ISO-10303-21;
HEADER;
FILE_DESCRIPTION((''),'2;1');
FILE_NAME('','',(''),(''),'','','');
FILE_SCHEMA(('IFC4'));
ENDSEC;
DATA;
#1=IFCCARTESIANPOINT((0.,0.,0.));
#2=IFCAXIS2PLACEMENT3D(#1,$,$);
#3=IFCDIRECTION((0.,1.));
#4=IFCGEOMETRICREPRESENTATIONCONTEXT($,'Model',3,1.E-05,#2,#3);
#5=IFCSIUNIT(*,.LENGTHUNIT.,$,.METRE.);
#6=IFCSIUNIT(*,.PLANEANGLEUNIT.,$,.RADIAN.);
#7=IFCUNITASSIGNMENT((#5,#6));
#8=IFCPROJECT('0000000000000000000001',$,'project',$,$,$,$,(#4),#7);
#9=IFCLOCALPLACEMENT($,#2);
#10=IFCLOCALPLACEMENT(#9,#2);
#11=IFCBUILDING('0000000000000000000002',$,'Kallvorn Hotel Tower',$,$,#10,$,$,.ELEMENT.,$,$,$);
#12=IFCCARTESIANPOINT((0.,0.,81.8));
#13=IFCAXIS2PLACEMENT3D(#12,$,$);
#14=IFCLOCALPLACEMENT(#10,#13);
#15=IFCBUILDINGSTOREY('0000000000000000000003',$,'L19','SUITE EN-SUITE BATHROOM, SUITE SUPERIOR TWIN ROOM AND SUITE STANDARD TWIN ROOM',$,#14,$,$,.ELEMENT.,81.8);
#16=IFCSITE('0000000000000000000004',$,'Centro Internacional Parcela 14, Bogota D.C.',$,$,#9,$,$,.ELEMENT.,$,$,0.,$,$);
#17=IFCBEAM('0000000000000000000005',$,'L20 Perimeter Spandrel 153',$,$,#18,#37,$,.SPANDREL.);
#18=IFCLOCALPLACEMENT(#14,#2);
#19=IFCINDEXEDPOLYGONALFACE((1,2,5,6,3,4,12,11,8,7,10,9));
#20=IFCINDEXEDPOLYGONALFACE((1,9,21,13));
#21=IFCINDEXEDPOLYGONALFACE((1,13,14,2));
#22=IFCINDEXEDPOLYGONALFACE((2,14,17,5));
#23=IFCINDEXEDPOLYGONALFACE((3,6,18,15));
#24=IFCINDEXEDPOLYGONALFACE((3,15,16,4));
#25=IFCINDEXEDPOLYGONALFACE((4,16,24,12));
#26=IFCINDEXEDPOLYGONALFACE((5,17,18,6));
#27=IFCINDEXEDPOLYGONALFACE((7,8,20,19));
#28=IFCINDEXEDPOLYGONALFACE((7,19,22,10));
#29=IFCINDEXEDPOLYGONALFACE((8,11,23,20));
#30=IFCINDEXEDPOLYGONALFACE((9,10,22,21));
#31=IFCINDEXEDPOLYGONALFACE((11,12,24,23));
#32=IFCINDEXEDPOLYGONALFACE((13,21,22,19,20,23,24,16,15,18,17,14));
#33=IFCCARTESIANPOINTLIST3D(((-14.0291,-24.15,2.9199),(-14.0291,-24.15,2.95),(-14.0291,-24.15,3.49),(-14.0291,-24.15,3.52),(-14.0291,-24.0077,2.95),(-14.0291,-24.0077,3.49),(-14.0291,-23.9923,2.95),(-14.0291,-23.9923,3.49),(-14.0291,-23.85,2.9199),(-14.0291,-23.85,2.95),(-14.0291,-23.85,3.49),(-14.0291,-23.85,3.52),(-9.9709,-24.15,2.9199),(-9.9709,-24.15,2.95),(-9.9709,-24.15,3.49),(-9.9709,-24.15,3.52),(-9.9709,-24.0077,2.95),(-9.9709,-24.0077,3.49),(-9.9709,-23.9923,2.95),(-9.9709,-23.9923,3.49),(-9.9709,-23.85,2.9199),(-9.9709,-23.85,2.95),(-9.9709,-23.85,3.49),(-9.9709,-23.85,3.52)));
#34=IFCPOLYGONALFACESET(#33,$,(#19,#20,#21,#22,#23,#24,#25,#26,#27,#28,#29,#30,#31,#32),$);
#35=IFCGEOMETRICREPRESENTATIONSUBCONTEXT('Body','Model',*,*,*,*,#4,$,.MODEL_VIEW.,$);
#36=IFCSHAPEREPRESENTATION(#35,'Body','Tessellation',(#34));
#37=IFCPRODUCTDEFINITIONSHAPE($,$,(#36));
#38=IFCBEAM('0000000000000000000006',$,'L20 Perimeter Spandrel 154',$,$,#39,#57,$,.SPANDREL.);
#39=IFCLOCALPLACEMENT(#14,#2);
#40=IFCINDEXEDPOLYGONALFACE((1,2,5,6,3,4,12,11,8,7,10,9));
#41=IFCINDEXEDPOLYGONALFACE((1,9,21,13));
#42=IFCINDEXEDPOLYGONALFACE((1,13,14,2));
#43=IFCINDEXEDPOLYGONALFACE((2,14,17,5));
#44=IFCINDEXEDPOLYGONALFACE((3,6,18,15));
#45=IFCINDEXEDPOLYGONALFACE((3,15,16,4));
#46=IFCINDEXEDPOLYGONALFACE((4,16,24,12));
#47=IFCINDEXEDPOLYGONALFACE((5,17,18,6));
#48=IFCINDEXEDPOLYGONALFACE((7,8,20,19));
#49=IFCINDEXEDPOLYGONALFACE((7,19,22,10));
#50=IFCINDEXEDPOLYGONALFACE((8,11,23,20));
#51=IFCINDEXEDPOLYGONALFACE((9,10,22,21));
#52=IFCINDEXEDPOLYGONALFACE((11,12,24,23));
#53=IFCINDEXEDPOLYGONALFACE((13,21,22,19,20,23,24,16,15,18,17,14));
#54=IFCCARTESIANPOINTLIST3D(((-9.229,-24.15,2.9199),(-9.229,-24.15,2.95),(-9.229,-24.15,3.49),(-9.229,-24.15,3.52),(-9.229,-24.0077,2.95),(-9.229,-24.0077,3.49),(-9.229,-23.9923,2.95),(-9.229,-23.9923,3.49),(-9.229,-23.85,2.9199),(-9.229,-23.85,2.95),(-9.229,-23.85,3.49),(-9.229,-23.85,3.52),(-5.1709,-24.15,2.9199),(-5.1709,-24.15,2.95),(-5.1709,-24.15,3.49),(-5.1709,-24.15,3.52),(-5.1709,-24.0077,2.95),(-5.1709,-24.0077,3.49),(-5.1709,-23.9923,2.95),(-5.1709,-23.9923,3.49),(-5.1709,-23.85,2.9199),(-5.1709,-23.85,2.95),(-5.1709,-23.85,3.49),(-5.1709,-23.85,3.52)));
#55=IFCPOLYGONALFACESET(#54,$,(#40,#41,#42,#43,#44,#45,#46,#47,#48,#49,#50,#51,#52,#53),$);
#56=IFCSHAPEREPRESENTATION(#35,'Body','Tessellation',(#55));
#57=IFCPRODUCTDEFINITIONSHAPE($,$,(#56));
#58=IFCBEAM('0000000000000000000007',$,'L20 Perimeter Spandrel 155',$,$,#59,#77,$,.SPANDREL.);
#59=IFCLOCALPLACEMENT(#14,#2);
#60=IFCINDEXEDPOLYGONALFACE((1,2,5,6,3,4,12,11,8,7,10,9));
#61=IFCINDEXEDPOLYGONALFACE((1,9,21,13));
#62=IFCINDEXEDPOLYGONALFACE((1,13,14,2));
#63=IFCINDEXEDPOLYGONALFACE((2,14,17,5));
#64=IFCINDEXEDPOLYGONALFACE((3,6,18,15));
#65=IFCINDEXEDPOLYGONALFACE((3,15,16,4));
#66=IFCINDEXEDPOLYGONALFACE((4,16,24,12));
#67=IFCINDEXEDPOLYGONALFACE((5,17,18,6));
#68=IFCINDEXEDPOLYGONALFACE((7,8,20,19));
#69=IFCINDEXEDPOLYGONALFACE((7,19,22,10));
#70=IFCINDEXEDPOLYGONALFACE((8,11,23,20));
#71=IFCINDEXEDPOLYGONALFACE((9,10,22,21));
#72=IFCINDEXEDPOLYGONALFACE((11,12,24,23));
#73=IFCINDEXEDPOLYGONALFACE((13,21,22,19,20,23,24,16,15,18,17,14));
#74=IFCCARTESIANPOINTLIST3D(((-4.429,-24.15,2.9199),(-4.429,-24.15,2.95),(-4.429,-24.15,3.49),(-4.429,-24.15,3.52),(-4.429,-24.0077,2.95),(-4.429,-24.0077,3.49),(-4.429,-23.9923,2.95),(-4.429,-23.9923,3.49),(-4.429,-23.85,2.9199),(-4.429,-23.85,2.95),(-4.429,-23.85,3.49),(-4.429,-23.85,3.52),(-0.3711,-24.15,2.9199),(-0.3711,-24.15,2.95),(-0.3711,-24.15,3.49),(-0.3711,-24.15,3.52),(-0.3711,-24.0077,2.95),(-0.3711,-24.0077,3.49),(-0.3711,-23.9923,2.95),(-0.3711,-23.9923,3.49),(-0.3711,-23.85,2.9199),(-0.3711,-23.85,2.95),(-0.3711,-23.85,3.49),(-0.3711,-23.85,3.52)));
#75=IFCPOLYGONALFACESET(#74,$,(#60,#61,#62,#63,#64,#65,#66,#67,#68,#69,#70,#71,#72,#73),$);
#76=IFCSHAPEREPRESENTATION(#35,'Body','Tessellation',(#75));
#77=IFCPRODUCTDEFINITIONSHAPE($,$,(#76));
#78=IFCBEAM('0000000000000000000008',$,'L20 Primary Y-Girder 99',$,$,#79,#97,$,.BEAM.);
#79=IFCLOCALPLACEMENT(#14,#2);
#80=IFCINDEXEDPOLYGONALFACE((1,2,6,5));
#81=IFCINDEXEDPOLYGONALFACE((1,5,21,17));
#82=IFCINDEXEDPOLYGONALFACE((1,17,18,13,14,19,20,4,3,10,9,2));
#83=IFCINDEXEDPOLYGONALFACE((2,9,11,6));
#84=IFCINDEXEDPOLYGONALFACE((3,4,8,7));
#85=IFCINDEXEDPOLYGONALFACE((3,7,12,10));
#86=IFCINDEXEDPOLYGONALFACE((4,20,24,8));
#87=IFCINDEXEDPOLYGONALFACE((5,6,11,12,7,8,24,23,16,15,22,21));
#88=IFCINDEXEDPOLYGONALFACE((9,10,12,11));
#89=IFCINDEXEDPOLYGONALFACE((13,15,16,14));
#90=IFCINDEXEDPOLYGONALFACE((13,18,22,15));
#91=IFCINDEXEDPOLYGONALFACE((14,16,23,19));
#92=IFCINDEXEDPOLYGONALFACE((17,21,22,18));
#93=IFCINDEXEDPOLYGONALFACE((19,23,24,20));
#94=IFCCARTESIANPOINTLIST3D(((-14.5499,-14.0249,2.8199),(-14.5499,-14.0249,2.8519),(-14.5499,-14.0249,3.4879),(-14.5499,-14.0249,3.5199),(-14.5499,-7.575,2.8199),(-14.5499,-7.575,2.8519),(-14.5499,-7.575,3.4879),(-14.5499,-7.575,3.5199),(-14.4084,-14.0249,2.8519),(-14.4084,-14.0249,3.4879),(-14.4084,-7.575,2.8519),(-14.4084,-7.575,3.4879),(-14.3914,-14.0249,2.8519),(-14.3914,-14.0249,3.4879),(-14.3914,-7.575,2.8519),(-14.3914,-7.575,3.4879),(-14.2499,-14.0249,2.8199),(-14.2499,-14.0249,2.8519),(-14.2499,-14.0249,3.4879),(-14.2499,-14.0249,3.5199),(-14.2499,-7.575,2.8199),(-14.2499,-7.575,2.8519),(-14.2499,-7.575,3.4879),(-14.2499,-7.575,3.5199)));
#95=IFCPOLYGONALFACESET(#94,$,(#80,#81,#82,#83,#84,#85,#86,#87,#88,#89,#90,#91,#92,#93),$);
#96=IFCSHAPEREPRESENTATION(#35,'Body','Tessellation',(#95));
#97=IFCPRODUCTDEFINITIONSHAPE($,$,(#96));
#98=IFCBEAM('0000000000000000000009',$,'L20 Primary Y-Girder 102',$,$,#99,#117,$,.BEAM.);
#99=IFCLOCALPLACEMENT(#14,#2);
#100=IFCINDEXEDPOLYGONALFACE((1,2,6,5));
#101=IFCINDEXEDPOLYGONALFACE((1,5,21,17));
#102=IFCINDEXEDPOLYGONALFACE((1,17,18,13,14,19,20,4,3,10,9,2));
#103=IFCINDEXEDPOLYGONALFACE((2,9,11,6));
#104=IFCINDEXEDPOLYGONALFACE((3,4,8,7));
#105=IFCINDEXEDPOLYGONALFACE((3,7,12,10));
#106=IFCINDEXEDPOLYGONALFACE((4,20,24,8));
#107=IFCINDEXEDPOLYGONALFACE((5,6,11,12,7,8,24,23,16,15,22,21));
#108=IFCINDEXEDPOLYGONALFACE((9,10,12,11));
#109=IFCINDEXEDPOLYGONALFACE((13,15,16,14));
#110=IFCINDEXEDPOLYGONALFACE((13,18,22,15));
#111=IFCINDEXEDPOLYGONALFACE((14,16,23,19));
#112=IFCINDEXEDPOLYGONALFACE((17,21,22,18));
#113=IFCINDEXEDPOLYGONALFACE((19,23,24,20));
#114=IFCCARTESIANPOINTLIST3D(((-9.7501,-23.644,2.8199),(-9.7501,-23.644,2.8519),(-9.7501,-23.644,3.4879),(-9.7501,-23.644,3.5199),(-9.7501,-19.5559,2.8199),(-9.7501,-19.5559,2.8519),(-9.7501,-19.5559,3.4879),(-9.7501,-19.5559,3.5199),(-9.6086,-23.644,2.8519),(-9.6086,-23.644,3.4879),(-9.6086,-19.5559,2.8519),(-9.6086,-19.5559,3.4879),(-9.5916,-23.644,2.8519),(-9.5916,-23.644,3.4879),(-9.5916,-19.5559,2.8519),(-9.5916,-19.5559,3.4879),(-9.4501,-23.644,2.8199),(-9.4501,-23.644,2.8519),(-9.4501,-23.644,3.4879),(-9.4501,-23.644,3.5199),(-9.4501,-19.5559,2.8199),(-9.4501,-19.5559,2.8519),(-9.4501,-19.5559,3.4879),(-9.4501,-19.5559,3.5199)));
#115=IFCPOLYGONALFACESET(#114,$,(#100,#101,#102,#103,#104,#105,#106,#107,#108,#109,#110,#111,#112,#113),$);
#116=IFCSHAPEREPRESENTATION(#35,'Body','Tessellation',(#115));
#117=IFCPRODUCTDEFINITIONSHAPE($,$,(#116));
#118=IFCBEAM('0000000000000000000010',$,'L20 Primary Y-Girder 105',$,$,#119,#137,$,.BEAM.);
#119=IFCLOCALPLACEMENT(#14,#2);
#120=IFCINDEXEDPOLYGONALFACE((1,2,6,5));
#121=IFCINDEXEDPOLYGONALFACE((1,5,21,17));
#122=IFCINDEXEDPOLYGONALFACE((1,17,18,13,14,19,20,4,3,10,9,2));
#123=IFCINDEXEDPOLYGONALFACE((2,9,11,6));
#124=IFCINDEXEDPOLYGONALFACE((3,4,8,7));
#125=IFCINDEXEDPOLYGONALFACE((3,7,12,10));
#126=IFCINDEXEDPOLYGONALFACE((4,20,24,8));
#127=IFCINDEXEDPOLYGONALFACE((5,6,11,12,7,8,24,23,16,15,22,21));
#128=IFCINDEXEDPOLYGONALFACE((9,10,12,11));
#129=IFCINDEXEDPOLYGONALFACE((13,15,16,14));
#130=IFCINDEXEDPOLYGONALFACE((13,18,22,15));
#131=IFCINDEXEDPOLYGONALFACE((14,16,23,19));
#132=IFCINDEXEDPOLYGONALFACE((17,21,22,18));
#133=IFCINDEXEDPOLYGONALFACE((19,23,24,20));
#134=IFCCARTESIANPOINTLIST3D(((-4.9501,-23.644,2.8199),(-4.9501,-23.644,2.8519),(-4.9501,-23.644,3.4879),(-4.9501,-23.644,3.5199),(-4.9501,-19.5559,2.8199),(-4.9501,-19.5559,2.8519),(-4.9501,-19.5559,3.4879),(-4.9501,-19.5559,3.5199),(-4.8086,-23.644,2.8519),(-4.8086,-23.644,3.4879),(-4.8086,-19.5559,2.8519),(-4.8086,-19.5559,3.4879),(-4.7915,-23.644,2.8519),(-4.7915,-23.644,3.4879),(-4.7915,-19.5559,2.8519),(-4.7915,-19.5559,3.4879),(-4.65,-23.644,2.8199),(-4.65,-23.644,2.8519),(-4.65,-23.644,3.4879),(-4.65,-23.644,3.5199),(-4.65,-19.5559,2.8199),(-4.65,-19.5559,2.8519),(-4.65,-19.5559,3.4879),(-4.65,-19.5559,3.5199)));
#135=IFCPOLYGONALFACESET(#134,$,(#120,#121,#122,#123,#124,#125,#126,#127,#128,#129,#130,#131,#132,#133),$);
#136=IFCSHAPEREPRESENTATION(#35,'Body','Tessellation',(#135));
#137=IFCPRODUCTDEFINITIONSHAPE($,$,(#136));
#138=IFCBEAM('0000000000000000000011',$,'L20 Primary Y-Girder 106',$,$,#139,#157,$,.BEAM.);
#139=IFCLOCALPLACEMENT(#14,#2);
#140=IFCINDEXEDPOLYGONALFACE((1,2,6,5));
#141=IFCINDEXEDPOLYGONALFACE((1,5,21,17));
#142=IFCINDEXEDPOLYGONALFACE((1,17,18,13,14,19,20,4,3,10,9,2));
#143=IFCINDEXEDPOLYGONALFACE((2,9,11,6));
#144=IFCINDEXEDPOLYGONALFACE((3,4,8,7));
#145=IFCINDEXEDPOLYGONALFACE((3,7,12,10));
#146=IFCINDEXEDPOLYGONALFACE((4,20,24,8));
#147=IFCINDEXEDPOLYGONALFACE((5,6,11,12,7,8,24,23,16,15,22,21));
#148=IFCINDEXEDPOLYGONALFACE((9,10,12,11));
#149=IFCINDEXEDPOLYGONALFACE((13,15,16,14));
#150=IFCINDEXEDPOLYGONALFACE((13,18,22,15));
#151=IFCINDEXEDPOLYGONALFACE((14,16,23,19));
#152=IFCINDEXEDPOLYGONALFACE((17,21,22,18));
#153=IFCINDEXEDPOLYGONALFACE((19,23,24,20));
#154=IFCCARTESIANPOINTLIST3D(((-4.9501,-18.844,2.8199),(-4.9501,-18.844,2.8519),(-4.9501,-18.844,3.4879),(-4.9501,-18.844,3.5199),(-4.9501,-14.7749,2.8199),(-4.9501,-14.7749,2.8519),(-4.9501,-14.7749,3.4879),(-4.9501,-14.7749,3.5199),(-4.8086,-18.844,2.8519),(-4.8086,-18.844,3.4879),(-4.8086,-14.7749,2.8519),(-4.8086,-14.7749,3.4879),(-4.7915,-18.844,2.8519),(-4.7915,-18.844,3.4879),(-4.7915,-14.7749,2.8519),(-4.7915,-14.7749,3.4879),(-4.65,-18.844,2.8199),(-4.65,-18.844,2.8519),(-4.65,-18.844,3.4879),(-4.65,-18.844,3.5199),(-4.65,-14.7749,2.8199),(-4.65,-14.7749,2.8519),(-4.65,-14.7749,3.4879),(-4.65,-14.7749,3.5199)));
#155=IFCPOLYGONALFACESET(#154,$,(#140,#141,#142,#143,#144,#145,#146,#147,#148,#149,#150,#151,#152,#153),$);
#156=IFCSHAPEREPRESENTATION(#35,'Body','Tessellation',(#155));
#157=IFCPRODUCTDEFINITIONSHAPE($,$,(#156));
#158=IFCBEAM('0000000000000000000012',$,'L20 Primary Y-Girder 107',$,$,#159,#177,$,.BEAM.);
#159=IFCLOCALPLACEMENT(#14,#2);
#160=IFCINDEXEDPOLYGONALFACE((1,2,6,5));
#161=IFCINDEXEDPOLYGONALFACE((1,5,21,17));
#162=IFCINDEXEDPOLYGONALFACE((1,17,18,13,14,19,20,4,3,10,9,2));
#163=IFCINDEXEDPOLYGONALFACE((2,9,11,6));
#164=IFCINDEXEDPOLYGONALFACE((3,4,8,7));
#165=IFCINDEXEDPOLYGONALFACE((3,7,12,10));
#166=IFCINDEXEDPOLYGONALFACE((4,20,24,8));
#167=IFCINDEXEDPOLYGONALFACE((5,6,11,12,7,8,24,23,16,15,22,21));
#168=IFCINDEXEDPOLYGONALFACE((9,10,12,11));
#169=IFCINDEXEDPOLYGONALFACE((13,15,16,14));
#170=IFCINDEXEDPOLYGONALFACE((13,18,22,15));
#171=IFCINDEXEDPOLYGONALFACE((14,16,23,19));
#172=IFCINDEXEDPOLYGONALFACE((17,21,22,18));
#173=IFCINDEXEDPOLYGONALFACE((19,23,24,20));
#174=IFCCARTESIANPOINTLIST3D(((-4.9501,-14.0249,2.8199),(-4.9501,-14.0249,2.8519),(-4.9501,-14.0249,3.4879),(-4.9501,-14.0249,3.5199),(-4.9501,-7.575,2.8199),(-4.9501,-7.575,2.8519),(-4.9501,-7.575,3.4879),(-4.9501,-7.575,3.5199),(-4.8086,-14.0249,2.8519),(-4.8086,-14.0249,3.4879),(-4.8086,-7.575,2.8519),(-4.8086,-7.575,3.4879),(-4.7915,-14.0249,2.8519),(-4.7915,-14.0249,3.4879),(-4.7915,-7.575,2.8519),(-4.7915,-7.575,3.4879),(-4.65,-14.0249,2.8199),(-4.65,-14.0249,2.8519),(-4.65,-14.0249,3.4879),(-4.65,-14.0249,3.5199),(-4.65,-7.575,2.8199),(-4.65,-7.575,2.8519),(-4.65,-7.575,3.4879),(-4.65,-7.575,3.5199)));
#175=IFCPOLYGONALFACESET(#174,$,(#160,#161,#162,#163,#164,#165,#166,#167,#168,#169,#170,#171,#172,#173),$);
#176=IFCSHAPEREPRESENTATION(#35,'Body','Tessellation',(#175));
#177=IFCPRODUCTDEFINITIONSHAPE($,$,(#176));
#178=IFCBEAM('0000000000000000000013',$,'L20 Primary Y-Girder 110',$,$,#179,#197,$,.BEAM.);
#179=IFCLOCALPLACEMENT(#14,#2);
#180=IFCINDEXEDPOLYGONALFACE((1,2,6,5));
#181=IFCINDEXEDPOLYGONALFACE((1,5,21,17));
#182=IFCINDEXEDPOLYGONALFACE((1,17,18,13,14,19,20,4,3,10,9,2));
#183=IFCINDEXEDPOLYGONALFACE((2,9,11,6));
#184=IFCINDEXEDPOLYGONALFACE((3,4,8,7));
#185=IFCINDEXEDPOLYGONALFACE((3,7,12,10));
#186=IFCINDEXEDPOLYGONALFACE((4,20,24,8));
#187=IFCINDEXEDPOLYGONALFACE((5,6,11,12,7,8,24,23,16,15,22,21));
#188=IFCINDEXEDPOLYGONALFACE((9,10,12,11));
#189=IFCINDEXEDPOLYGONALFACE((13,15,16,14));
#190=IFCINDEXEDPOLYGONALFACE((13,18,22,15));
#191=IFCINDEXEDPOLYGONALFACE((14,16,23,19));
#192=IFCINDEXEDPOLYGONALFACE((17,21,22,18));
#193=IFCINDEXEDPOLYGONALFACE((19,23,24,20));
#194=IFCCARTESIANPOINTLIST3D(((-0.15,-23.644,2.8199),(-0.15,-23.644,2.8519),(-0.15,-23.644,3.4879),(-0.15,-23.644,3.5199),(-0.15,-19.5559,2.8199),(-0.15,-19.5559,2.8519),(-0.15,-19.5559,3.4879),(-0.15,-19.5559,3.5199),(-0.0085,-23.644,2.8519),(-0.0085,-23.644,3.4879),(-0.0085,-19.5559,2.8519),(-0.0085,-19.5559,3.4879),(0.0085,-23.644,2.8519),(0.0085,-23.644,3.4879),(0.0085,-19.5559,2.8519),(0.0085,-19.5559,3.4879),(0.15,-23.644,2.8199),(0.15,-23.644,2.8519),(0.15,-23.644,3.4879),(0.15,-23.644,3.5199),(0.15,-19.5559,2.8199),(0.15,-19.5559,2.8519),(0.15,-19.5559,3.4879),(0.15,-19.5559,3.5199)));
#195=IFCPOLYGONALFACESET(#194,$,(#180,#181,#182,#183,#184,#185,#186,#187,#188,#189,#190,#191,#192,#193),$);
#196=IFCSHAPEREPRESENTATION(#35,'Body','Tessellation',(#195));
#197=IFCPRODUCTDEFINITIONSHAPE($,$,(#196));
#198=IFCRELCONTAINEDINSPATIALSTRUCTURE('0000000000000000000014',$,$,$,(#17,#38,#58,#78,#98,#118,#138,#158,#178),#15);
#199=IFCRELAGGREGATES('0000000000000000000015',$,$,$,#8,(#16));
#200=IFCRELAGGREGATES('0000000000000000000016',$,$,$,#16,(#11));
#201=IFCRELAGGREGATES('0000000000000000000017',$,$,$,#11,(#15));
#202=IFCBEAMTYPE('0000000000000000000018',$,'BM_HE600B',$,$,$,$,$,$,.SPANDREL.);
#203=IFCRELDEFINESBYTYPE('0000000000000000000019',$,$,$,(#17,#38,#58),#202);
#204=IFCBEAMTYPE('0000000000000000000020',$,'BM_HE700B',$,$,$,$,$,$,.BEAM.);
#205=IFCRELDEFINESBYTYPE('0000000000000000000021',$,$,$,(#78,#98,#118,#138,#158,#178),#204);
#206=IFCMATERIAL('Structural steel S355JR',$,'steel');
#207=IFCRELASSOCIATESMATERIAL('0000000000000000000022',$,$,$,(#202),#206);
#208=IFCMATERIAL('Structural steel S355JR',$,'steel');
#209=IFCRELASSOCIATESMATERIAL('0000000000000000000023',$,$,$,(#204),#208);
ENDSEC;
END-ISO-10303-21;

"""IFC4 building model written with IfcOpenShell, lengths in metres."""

from ifc_helpers import new_model, si_unit, direction, frame, origin, origin_2d, place, context, subcontext, project, spatial, i_section, extrude, material, material_profile, profile_set, type_object, element, save


model = new_model("IFC4")

# Units and contexts
model_context = context("Model", 3, precision=1e-05, world=origin(), true_north=direction((0.0, 1.0)))
body_context = subcontext(model_context, "Body", "Model", "MODEL_VIEW")
ifc_project = project(units=[si_unit("LENGTHUNIT", "METRE"), si_unit("PLANEANGLEUNIT", "RADIAN")], contexts=[model_context])

# Site, building, storey
site_placement = place(None, origin())
site = spatial("IfcSite", under=ifc_project, at=site_placement, Name="Centro Internacional Parcela 14, Bogota D.C.", CompositionType="ELEMENT", RefElevation=0.0)
building_placement = place(site_placement, origin())
building = spatial("IfcBuilding", under=site, at=building_placement, Name="Kallvorn Hotel Tower", CompositionType="ELEMENT")
storey_placement = place(building_placement, frame((0.0, 0.0, 81.8)))
storey = spatial("IfcBuildingStorey", under=building, at=storey_placement, Name="L19", Description="SUITE EN-SUITE BATHROOM, SUITE SUPERIOR TWIN ROOM AND SUITE STANDARD TWIN ROOM", CompositionType="ELEMENT", Elevation=81.8)

# Beams
ifc_material_1 = material(Name="Structural steel S355JR", Category="steel")
ifc_material_profile_1 = material_profile(ifc_material_1, i_section(OverallWidth=0.3, OverallDepth=0.6001, WebThickness=0.0154, FlangeThickness=0.03, at=origin_2d()), Name="HE 600 B")
ifc_profile_set_1 = profile_set([ifc_material_profile_1], Name="Structural steel S355JR")
beam_type_1 = type_object("IfcBeamType", Name="BM_HE600B", PredefinedType="SPANDREL", material=ifc_profile_set_1)
for number, where, z_axis, x_axis, name in (
    (1, (-14.0291, -24.0, 3.22), (1.0, 0.0, 0.0), (0.0, 1.0, 0.0), "L20 Perimeter Spandrel 153"),
    (2, (-9.229, -24.0, 3.22), (1.0, 0.0, 0.0), (0.0, 1.0, 0.0), "L20 Perimeter Spandrel 154"),
):
    element("IfcBeam", number, at=place(storey_placement, frame(where, z_axis=z_axis, x_axis=x_axis)), inside=storey, type_object=beam_type_1, Name=name, PredefinedType="SPANDREL", context=body_context, shape_type="SweptSolid", body=[
        extrude(i_section(OverallWidth=0.3, OverallDepth=0.6001, WebThickness=0.0154, FlangeThickness=0.03, at=origin_2d()), origin(), (0.0, 0.0, 1.0), 4.0581),
    ])
beam_1_placement = place(storey_placement, frame((-4.429, -24.0, 3.22), z_axis=(1.0, 0.0, 0.0), x_axis=(0.0, 1.0, 0.0)))
element("IfcBeam", 3, at=beam_1_placement, inside=storey, type_object=beam_type_1, Name="L20 Perimeter Spandrel 155", PredefinedType="SPANDREL", context=body_context, shape_type="SweptSolid", body=[
    extrude(i_section(OverallWidth=0.3, OverallDepth=0.6001, WebThickness=0.0154, FlangeThickness=0.03, at=origin_2d()), origin(), (0.0, 0.0, 1.0), 4.0579),
])
ifc_material_2 = material(Name="Structural steel S355JR", Category="steel")
ifc_material_profile_2 = material_profile(ifc_material_2, i_section(OverallWidth=0.3, OverallDepth=0.7, WebThickness=0.0171, FlangeThickness=0.032, at=origin_2d()), Name="HE 700 B")
ifc_profile_set_2 = profile_set([ifc_material_profile_2], Name="Structural steel S355JR")
beam_type_2 = type_object("IfcBeamType", Name="BM_HE700B", PredefinedType="BEAM", material=ifc_profile_set_2)
beam_2_placement = place(storey_placement, frame((-14.3999, -14.0249, 3.1699), z_axis=(0.0, 1.0, 0.0), x_axis=(-1.0, 0.0, 0.0)))
element("IfcBeam", 4, at=beam_2_placement, inside=storey, type_object=beam_type_2, Name="L20 Primary Y-Girder 99", PredefinedType="BEAM", context=body_context, shape_type="SweptSolid", body=[
    extrude(i_section(OverallWidth=0.3, OverallDepth=0.7, WebThickness=0.0171, FlangeThickness=0.032, at=origin_2d()), origin(), (0.0, 0.0, 1.0), 6.45),
])
for number, where, z_axis, x_axis, name in (
    (5, (-9.6001, -23.644, 3.1699), (0.0, 1.0, 0.0), (-1.0, 0.0, 0.0), "L20 Primary Y-Girder 102"),
    (6, (-4.8, -23.644, 3.1699), (0.0, 1.0, 0.0), (-1.0, 0.0, 0.0), "L20 Primary Y-Girder 105"),
):
    element("IfcBeam", number, at=place(storey_placement, frame(where, z_axis=z_axis, x_axis=x_axis)), inside=storey, type_object=beam_type_2, Name=name, PredefinedType="BEAM", context=body_context, shape_type="SweptSolid", body=[
        extrude(i_section(OverallWidth=0.3, OverallDepth=0.7, WebThickness=0.0171, FlangeThickness=0.032, at=origin_2d()), origin(), (0.0, 0.0, 1.0), 4.0881),
    ])
beam_3_placement = place(storey_placement, frame((-4.8, -18.844, 3.1699), z_axis=(0.0, 1.0, 0.0), x_axis=(-1.0, 0.0, 0.0)))
element("IfcBeam", 7, at=beam_3_placement, inside=storey, type_object=beam_type_2, Name="L20 Primary Y-Girder 106", PredefinedType="BEAM", context=body_context, shape_type="SweptSolid", body=[
    extrude(i_section(OverallWidth=0.3, OverallDepth=0.7, WebThickness=0.0171, FlangeThickness=0.032, at=origin_2d()), origin(), (0.0, 0.0, 1.0), 4.0691),
])
beam_4_placement = place(storey_placement, frame((-4.8, -14.0249, 3.1699), z_axis=(0.0, 1.0, 0.0), x_axis=(-1.0, 0.0, 0.0)))
element("IfcBeam", 8, at=beam_4_placement, inside=storey, type_object=beam_type_2, Name="L20 Primary Y-Girder 107", PredefinedType="BEAM", context=body_context, shape_type="SweptSolid", body=[
    extrude(i_section(OverallWidth=0.3, OverallDepth=0.7, WebThickness=0.0171, FlangeThickness=0.032, at=origin_2d()), origin(), (0.0, 0.0, 1.0), 6.45),
])
beam_5_placement = place(storey_placement, frame((0.0, -23.644, 3.1699), z_axis=(0.0, 1.0, 0.0), x_axis=(-1.0, 0.0, 0.0)))
element("IfcBeam", 9, at=beam_5_placement, inside=storey, type_object=beam_type_2, Name="L20 Primary Y-Girder 110", PredefinedType="BEAM", context=body_context, shape_type="SweptSolid", body=[
    extrude(i_section(OverallWidth=0.3, OverallDepth=0.7, WebThickness=0.0171, FlangeThickness=0.032, at=origin_2d()), origin(), (0.0, 0.0, 1.0), 4.0881),
])

save(model, "model.ifc")
